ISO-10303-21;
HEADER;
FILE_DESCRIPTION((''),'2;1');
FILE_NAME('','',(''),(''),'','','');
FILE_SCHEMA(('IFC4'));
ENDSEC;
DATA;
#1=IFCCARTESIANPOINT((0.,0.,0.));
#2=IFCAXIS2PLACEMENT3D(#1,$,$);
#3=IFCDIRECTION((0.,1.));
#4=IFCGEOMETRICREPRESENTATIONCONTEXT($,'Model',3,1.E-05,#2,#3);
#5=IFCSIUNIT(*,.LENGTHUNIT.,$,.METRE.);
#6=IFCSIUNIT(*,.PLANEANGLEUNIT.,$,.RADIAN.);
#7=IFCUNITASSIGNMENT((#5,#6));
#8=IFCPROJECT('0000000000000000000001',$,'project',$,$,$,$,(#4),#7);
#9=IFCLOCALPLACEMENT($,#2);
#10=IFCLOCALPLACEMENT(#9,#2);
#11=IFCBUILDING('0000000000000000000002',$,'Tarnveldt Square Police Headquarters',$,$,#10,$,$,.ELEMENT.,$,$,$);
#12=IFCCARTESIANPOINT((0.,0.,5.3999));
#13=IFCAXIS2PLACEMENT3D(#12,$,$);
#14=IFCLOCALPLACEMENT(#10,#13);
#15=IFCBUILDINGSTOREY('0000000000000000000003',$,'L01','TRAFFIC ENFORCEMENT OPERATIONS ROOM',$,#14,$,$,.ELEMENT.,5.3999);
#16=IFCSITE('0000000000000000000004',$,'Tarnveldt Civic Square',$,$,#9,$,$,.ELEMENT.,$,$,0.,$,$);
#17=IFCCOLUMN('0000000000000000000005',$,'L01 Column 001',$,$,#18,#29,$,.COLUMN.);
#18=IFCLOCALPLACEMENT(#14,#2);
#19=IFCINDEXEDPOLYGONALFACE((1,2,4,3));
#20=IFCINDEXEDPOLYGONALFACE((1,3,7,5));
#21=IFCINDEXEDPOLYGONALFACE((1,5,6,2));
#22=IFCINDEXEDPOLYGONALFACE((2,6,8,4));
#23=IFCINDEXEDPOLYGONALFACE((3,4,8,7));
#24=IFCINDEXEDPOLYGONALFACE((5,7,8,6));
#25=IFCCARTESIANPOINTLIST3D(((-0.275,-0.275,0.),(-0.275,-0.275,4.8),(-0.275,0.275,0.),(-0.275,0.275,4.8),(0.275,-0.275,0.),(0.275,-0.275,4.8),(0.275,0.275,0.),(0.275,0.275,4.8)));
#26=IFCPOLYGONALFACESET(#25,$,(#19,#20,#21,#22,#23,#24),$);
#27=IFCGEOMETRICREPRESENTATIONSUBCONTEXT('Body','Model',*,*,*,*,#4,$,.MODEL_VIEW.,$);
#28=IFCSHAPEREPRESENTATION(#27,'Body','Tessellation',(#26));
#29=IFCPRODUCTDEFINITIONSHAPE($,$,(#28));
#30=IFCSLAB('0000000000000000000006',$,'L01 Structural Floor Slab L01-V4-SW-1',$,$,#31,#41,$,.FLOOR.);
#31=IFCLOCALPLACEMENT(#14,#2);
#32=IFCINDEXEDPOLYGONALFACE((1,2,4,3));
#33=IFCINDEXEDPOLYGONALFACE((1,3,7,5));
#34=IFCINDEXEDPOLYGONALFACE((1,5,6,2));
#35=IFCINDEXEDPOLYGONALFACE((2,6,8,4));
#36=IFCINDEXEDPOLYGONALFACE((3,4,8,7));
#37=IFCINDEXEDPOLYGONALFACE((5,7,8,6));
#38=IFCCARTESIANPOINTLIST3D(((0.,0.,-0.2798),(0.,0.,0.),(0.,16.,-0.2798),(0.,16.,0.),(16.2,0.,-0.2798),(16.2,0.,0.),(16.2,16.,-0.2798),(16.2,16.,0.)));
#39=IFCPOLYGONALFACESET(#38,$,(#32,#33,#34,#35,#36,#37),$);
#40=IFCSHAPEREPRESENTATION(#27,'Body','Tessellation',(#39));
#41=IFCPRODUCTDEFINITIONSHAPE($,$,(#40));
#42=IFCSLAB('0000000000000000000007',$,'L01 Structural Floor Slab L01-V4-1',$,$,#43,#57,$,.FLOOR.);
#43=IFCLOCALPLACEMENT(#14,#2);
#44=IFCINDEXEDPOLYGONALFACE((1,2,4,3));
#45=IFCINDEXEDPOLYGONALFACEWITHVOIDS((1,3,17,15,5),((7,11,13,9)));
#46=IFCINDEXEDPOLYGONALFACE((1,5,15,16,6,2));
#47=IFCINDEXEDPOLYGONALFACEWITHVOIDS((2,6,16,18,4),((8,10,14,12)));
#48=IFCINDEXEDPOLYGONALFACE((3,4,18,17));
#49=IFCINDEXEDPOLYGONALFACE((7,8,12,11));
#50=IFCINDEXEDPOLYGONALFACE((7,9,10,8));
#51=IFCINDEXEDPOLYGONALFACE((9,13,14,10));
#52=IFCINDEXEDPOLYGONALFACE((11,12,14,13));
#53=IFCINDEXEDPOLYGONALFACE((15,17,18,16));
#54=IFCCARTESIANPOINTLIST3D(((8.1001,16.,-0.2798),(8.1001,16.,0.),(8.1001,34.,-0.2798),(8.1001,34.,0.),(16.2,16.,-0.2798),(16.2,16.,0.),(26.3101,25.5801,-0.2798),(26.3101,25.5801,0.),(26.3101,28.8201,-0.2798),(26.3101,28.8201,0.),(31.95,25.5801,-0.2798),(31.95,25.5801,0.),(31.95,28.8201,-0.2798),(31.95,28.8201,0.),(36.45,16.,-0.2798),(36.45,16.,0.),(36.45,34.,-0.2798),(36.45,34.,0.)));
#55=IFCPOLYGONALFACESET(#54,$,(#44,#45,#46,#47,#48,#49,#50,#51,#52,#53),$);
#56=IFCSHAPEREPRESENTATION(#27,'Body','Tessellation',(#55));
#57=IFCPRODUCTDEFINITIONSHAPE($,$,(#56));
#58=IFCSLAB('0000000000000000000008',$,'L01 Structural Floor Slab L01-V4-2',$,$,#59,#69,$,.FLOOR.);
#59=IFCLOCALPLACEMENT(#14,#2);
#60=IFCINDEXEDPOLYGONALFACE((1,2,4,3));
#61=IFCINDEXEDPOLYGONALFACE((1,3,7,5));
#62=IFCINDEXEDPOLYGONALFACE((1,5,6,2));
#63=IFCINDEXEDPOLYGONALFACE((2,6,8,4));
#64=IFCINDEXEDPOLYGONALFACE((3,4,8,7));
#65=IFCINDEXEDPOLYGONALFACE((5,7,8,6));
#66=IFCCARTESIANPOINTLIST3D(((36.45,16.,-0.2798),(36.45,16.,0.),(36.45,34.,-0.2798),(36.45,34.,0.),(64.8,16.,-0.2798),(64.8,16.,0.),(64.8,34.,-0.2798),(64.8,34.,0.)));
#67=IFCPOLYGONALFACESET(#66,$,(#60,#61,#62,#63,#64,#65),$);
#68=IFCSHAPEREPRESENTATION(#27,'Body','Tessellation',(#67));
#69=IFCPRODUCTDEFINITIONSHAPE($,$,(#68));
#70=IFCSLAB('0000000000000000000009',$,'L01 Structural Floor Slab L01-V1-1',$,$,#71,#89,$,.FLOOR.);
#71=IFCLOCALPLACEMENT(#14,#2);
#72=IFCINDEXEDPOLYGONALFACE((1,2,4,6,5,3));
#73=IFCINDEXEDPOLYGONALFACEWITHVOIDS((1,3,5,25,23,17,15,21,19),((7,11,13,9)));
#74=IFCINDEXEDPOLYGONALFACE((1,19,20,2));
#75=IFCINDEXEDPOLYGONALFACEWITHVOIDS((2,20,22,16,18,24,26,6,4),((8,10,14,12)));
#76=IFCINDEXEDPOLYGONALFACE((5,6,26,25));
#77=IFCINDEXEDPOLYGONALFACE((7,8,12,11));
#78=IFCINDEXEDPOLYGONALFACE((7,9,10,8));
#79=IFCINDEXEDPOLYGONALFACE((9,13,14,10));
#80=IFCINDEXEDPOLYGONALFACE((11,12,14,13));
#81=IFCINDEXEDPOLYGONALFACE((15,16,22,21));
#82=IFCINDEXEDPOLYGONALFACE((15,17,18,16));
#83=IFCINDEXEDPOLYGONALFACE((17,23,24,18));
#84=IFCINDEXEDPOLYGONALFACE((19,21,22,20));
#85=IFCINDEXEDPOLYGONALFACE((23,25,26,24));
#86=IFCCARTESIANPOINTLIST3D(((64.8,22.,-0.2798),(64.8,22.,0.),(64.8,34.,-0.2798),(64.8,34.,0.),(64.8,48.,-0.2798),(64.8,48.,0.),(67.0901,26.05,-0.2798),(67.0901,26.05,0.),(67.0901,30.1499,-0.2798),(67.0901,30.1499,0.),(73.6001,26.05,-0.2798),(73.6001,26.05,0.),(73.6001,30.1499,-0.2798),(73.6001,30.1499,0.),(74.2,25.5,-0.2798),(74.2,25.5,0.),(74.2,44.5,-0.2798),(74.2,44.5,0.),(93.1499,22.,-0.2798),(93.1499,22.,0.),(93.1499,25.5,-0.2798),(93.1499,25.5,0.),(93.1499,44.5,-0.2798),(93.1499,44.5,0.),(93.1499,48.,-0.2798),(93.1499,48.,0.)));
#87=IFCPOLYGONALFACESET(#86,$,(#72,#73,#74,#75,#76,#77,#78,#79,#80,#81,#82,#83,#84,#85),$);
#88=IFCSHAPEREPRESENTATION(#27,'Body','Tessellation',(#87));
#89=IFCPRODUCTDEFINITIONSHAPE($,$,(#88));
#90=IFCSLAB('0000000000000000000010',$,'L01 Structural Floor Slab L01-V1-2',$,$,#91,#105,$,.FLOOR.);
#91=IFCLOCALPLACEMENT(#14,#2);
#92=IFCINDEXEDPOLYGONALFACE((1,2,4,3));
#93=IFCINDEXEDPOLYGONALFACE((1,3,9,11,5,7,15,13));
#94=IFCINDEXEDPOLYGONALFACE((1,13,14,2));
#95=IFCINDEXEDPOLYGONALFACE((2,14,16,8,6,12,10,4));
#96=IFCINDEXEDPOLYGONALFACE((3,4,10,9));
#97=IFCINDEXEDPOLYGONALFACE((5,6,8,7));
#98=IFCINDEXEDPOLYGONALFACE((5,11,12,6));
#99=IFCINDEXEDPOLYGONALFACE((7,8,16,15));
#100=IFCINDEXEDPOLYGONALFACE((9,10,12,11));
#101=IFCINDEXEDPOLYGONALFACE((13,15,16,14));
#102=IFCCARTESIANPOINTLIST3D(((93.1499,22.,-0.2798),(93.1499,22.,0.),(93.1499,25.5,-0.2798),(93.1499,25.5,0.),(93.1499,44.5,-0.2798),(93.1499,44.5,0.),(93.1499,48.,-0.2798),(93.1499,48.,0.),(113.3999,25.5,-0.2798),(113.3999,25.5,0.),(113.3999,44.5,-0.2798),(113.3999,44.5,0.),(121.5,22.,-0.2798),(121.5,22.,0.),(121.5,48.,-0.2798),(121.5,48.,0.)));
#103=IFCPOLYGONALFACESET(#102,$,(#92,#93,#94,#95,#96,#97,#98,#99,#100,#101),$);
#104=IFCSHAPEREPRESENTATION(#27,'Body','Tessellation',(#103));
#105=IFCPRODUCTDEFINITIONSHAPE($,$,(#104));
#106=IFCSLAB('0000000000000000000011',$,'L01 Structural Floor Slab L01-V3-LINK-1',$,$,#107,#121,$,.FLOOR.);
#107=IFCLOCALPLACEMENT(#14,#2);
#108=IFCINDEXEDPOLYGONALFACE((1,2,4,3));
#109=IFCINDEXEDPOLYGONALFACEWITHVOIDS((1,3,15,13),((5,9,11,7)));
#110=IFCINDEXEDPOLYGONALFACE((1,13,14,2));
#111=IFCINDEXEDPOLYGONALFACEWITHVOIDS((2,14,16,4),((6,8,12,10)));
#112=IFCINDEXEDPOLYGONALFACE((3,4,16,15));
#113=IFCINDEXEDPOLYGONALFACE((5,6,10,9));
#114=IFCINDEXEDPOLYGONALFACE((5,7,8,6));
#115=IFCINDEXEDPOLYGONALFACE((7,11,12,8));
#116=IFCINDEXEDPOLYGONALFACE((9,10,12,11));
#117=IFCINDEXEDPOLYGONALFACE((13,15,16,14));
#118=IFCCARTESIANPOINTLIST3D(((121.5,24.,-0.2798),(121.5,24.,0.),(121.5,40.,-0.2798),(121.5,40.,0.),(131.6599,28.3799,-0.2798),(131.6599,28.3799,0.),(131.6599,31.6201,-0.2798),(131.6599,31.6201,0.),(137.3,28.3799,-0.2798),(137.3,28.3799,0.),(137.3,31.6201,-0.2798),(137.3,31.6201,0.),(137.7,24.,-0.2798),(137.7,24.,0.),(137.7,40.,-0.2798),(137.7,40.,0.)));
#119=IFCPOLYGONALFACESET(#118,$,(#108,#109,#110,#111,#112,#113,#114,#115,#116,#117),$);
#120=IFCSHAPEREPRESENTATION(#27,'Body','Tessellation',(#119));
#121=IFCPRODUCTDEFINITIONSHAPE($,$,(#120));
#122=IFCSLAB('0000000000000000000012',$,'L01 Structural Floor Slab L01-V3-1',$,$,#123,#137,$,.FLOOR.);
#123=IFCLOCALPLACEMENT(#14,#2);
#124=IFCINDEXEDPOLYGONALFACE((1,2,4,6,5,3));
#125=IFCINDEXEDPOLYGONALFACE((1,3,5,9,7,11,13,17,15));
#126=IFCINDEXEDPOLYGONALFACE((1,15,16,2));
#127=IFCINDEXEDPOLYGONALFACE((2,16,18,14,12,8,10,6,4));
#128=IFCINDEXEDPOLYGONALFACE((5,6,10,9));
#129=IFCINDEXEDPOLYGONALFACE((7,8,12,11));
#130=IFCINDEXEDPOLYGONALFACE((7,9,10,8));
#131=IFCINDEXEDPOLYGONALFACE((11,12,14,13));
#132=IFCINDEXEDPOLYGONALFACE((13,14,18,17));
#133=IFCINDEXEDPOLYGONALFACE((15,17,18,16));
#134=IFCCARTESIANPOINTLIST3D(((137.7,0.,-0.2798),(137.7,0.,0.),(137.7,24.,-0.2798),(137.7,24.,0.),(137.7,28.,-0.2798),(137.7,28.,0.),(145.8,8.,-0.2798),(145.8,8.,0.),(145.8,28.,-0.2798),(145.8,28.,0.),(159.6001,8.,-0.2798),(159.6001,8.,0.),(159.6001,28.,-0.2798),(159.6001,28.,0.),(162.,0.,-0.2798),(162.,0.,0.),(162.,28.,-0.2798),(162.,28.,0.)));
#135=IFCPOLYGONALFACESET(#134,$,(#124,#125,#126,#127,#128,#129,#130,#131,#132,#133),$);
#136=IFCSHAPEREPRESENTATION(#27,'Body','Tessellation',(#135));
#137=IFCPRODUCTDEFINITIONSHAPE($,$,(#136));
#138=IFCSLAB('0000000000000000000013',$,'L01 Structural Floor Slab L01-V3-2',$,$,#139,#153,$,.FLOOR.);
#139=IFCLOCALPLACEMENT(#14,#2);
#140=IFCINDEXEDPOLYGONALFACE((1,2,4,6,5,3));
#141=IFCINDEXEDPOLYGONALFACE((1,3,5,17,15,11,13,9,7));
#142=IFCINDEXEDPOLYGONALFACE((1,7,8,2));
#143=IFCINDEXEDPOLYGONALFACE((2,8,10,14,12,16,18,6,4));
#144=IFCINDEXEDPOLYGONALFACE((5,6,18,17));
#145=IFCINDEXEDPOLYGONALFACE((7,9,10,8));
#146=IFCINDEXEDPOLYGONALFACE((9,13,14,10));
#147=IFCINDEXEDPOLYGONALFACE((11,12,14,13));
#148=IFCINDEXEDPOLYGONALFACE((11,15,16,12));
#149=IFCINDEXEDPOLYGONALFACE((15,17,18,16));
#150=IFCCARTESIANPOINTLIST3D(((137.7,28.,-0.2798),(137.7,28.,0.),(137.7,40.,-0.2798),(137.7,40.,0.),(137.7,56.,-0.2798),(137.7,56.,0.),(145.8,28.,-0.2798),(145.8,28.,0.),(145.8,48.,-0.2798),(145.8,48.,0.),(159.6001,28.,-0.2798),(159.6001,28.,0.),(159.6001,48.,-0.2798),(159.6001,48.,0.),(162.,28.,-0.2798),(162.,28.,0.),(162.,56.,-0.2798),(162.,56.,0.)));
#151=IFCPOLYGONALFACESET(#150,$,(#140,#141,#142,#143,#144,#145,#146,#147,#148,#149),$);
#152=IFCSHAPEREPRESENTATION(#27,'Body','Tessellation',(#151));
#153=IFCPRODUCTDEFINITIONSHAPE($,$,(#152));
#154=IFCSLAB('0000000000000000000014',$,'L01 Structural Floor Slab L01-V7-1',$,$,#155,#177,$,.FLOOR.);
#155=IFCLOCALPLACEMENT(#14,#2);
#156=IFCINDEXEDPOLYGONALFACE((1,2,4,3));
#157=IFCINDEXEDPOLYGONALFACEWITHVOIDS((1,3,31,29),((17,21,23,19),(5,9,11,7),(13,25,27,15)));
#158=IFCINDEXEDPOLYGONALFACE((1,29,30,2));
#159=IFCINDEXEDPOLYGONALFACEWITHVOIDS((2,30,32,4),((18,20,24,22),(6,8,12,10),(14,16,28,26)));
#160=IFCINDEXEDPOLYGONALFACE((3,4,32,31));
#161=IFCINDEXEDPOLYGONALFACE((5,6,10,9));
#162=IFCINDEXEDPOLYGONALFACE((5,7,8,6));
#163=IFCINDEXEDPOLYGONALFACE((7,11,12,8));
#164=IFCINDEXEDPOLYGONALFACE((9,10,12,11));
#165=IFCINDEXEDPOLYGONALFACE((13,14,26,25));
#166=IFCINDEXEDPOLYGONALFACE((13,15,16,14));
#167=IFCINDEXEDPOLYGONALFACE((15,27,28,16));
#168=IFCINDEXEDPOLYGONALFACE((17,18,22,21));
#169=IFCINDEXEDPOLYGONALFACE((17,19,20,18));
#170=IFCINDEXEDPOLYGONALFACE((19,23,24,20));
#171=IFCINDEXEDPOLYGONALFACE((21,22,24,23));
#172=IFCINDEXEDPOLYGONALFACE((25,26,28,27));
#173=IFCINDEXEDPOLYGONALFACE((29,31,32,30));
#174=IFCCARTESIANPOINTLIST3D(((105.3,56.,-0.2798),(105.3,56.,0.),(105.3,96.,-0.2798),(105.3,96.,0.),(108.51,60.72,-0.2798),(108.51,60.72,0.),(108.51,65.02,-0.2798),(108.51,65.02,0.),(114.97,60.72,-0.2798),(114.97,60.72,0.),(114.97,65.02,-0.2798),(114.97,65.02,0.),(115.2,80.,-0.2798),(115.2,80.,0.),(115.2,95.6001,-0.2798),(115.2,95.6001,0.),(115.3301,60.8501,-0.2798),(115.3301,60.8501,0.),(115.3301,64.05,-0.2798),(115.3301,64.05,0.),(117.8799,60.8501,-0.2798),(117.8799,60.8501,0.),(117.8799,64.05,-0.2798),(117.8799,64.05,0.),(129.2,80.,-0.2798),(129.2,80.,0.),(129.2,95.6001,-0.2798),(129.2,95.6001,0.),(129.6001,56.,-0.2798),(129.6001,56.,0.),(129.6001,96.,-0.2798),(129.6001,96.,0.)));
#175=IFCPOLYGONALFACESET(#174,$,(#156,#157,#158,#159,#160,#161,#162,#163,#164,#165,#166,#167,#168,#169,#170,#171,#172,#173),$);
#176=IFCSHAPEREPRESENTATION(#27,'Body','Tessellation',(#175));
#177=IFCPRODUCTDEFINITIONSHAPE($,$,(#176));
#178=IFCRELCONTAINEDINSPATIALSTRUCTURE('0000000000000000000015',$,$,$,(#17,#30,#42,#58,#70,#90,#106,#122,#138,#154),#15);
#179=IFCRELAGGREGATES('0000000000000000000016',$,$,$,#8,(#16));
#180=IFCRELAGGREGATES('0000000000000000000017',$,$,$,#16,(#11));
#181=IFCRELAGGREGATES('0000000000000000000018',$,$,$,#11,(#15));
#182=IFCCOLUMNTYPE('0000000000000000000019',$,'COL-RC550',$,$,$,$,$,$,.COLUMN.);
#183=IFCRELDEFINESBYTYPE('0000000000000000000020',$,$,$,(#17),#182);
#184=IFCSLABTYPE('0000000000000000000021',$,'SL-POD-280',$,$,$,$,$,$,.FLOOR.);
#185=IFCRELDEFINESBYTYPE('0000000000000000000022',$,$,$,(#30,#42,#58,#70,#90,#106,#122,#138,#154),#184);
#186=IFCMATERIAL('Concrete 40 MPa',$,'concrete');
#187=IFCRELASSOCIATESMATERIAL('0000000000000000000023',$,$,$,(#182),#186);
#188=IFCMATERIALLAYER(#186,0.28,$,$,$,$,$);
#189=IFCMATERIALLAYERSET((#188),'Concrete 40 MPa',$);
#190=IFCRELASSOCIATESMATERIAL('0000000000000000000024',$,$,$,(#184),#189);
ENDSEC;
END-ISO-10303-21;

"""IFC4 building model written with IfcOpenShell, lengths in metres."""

from ifc_helpers import new_model, si_unit, direction, frame, origin, origin_with_axes, origin_2d, place, context, subcontext, project, spatial, polyline, rectangle, outline, extrude, material, layer, layer_set, material_profile, profile_set, type_object, element, save


model = new_model("IFC4")

# Units and contexts
model_context = context("Model", 3, precision=1e-05, world=origin(), true_north=direction((0.0, 1.0)))
body_context = subcontext(model_context, "Body", "Model", "MODEL_VIEW")
ifc_project = project(units=[si_unit("LENGTHUNIT", "METRE"), si_unit("PLANEANGLEUNIT", "RADIAN")], contexts=[model_context])

# Site, building, storey
site_placement = place(None, origin())
site = spatial("IfcSite", under=ifc_project, at=site_placement, Name="Tarnveldt Civic Square", CompositionType="ELEMENT", RefElevation=0.0)
building_placement = place(site_placement, origin())
building = spatial("IfcBuilding", under=site, at=building_placement, Name="Tarnveldt Square Police Headquarters", CompositionType="ELEMENT")
storey_placement = place(building_placement, frame((0.0, 0.0, 5.3999)))
storey = spatial("IfcBuildingStorey", under=building, at=storey_placement, Name="L01", Description="TRAFFIC ENFORCEMENT OPERATIONS ROOM", CompositionType="ELEMENT", Elevation=5.3999)

# Column
ifc_material_1 = material(Name="Concrete 40 MPa", Category="concrete")
ifc_material_profile = material_profile(ifc_material_1, rectangle(XDim=0.55, YDim=0.55, at=origin_2d()), Name="RC-C550x550")
ifc_profile_set = profile_set([ifc_material_profile], Name="Concrete 40 MPa")
column_type = type_object("IfcColumnType", Name="COL-RC550", PredefinedType="COLUMN", material=ifc_profile_set)
column_placement = place(storey_placement, origin_with_axes())
element("IfcColumn", 1, at=column_placement, inside=storey, type_object=column_type, Name="L01 Column 001", PredefinedType="COLUMN", context=body_context, shape_type="SweptSolid", body=[
    extrude(rectangle(XDim=0.55, YDim=0.55, at=origin_2d()), origin(), (0.0, 0.0, 1.0), 4.8),
])

# Slabs
ifc_layer_1 = layer(ifc_material_1, 0.28)
ifc_layer_set_1 = layer_set([ifc_layer_1], Name="Concrete 40 MPa")
slab_type = type_object("IfcSlabType", Name="SL-POD-280", PredefinedType="FLOOR", material=ifc_layer_set_1)
slab_1_placement = place(storey_placement, frame((0.0, 0.0, -0.2798)))
element("IfcSlab", 2, at=slab_1_placement, inside=storey, type_object=slab_type, Name="L01 Structural Floor Slab L01-V4-SW-1", PredefinedType="FLOOR", context=body_context, shape_type="SweptSolid", body=[
    extrude(outline(polyline([(16.2, 16.0), (16.2, 0.0), (0.0, 0.0), (0.0, 16.0), (16.2, 16.0)])), origin(), (0.0, 0.0, 1.0), 0.2798),
])
slab_2_placement = place(storey_placement, frame((0.0, 0.0, -0.2798)))
element("IfcSlab", 3, at=slab_2_placement, inside=storey, type_object=slab_type, Name="L01 Structural Floor Slab L01-V4-1", PredefinedType="FLOOR", context=body_context, shape_type="SweptSolid", body=[
    extrude(outline(polyline([(16.2, 16.0), (8.1001, 16.0), (8.1001, 34.0), (36.45, 34.0), (36.45, 16.0), (16.2, 16.0)]), holes=[polyline([(26.3101, 28.8201), (26.3101, 25.5801), (31.95, 25.5801), (31.95, 28.8201), (26.3101, 28.8201)])]), origin(), (0.0, 0.0, 1.0), 0.2798),
])
slab_3_placement = place(storey_placement, frame((0.0, 0.0, -0.2798)))
element("IfcSlab", 4, at=slab_3_placement, inside=storey, type_object=slab_type, Name="L01 Structural Floor Slab L01-V4-2", PredefinedType="FLOOR", context=body_context, shape_type="SweptSolid", body=[
    extrude(outline(polyline([(64.8, 16.0), (36.45, 16.0), (36.45, 34.0), (64.8, 34.0), (64.8, 16.0)])), origin(), (0.0, 0.0, 1.0), 0.2798),
])
slab_4_placement = place(storey_placement, frame((0.0, 0.0, -0.2798)))
element("IfcSlab", 5, at=slab_4_placement, inside=storey, type_object=slab_type, Name="L01 Structural Floor Slab L01-V1-1", PredefinedType="FLOOR", context=body_context, shape_type="SweptSolid", body=[
    extrude(outline(polyline([(64.8, 22.0), (64.8, 34.0), (64.8, 48.0), (93.1499, 48.0), (93.1499, 44.5), (74.2, 44.5), (74.2, 25.5), (93.1499, 25.5), (93.1499, 22.0), (64.8, 22.0)]), holes=[polyline([(67.0901, 30.1499), (67.0901, 26.05), (73.6001, 26.05), (73.6001, 30.1499), (67.0901, 30.1499)])]), origin(), (0.0, 0.0, 1.0), 0.2798),
])
slab_5_placement = place(storey_placement, frame((0.0, 0.0, -0.2798)))
element("IfcSlab", 6, at=slab_5_placement, inside=storey, type_object=slab_type, Name="L01 Structural Floor Slab L01-V1-2", PredefinedType="FLOOR", context=body_context, shape_type="SweptSolid", body=[
    extrude(outline(polyline([(121.5, 22.0), (93.1499, 22.0), (93.1499, 25.5), (113.3999, 25.5), (113.3999, 44.5), (93.1499, 44.5), (93.1499, 48.0), (121.5, 48.0), (121.5, 22.0)])), origin(), (0.0, 0.0, 1.0), 0.2798),
])
slab_6_placement = place(storey_placement, frame((0.0, 0.0, -0.2798)))
element("IfcSlab", 7, at=slab_6_placement, inside=storey, type_object=slab_type, Name="L01 Structural Floor Slab L01-V3-LINK-1", PredefinedType="FLOOR", context=body_context, shape_type="SweptSolid", body=[
    extrude(outline(polyline([(121.5, 24.0), (121.5, 40.0), (137.7, 40.0), (137.7, 24.0), (121.5, 24.0)]), holes=[polyline([(131.6599, 31.6201), (131.6599, 28.3799), (137.3, 28.3799), (137.3, 31.6201), (131.6599, 31.6201)])]), origin(), (0.0, 0.0, 1.0), 0.2798),
])
slab_7_placement = place(storey_placement, frame((0.0, 0.0, -0.2798)))
element("IfcSlab", 8, at=slab_7_placement, inside=storey, type_object=slab_type, Name="L01 Structural Floor Slab L01-V3-1", PredefinedType="FLOOR", context=body_context, shape_type="SweptSolid", body=[
    extrude(outline(polyline([(162.0, 0.0), (137.7, 0.0), (137.7, 24.0), (137.7, 28.0), (145.8, 28.0), (145.8, 8.0), (159.6001, 8.0), (159.6001, 28.0), (162.0, 28.0), (162.0, 0.0)])), origin(), (0.0, 0.0, 1.0), 0.2798),
])
slab_8_placement = place(storey_placement, frame((0.0, 0.0, -0.2798)))
element("IfcSlab", 9, at=slab_8_placement, inside=storey, type_object=slab_type, Name="L01 Structural Floor Slab L01-V3-2", PredefinedType="FLOOR", context=body_context, shape_type="SweptSolid", body=[
    extrude(outline(polyline([(162.0, 28.0), (159.6001, 28.0), (159.6001, 48.0), (145.8, 48.0), (145.8, 28.0), (137.7, 28.0), (137.7, 40.0), (137.7, 56.0), (162.0, 56.0), (162.0, 28.0)])), origin(), (0.0, 0.0, 1.0), 0.2798),
])
slab_9_placement = place(storey_placement, frame((0.0, 0.0, -0.2798)))
element("IfcSlab", 10, at=slab_9_placement, inside=storey, type_object=slab_type, Name="L01 Structural Floor Slab L01-V7-1", PredefinedType="FLOOR", context=body_context, shape_type="SweptSolid", body=[
    extrude(outline(polyline([(129.6001, 96.0), (129.6001, 56.0), (105.3, 56.0), (105.3, 96.0), (129.6001, 96.0)]), holes=[polyline([(115.3301, 64.05), (115.3301, 60.8501), (117.8799, 60.8501), (117.8799, 64.05), (115.3301, 64.05)]), polyline([(108.51, 65.02), (108.51, 60.72), (114.97, 60.72), (114.97, 65.02), (108.51, 65.02)]), polyline([(129.2, 95.6001), (115.2, 95.6001), (115.2, 80.0), (129.2, 80.0), (129.2, 95.6001)])]), origin(), (0.0, 0.0, 1.0), 0.2798),
])

save(model, "model.ifc")
